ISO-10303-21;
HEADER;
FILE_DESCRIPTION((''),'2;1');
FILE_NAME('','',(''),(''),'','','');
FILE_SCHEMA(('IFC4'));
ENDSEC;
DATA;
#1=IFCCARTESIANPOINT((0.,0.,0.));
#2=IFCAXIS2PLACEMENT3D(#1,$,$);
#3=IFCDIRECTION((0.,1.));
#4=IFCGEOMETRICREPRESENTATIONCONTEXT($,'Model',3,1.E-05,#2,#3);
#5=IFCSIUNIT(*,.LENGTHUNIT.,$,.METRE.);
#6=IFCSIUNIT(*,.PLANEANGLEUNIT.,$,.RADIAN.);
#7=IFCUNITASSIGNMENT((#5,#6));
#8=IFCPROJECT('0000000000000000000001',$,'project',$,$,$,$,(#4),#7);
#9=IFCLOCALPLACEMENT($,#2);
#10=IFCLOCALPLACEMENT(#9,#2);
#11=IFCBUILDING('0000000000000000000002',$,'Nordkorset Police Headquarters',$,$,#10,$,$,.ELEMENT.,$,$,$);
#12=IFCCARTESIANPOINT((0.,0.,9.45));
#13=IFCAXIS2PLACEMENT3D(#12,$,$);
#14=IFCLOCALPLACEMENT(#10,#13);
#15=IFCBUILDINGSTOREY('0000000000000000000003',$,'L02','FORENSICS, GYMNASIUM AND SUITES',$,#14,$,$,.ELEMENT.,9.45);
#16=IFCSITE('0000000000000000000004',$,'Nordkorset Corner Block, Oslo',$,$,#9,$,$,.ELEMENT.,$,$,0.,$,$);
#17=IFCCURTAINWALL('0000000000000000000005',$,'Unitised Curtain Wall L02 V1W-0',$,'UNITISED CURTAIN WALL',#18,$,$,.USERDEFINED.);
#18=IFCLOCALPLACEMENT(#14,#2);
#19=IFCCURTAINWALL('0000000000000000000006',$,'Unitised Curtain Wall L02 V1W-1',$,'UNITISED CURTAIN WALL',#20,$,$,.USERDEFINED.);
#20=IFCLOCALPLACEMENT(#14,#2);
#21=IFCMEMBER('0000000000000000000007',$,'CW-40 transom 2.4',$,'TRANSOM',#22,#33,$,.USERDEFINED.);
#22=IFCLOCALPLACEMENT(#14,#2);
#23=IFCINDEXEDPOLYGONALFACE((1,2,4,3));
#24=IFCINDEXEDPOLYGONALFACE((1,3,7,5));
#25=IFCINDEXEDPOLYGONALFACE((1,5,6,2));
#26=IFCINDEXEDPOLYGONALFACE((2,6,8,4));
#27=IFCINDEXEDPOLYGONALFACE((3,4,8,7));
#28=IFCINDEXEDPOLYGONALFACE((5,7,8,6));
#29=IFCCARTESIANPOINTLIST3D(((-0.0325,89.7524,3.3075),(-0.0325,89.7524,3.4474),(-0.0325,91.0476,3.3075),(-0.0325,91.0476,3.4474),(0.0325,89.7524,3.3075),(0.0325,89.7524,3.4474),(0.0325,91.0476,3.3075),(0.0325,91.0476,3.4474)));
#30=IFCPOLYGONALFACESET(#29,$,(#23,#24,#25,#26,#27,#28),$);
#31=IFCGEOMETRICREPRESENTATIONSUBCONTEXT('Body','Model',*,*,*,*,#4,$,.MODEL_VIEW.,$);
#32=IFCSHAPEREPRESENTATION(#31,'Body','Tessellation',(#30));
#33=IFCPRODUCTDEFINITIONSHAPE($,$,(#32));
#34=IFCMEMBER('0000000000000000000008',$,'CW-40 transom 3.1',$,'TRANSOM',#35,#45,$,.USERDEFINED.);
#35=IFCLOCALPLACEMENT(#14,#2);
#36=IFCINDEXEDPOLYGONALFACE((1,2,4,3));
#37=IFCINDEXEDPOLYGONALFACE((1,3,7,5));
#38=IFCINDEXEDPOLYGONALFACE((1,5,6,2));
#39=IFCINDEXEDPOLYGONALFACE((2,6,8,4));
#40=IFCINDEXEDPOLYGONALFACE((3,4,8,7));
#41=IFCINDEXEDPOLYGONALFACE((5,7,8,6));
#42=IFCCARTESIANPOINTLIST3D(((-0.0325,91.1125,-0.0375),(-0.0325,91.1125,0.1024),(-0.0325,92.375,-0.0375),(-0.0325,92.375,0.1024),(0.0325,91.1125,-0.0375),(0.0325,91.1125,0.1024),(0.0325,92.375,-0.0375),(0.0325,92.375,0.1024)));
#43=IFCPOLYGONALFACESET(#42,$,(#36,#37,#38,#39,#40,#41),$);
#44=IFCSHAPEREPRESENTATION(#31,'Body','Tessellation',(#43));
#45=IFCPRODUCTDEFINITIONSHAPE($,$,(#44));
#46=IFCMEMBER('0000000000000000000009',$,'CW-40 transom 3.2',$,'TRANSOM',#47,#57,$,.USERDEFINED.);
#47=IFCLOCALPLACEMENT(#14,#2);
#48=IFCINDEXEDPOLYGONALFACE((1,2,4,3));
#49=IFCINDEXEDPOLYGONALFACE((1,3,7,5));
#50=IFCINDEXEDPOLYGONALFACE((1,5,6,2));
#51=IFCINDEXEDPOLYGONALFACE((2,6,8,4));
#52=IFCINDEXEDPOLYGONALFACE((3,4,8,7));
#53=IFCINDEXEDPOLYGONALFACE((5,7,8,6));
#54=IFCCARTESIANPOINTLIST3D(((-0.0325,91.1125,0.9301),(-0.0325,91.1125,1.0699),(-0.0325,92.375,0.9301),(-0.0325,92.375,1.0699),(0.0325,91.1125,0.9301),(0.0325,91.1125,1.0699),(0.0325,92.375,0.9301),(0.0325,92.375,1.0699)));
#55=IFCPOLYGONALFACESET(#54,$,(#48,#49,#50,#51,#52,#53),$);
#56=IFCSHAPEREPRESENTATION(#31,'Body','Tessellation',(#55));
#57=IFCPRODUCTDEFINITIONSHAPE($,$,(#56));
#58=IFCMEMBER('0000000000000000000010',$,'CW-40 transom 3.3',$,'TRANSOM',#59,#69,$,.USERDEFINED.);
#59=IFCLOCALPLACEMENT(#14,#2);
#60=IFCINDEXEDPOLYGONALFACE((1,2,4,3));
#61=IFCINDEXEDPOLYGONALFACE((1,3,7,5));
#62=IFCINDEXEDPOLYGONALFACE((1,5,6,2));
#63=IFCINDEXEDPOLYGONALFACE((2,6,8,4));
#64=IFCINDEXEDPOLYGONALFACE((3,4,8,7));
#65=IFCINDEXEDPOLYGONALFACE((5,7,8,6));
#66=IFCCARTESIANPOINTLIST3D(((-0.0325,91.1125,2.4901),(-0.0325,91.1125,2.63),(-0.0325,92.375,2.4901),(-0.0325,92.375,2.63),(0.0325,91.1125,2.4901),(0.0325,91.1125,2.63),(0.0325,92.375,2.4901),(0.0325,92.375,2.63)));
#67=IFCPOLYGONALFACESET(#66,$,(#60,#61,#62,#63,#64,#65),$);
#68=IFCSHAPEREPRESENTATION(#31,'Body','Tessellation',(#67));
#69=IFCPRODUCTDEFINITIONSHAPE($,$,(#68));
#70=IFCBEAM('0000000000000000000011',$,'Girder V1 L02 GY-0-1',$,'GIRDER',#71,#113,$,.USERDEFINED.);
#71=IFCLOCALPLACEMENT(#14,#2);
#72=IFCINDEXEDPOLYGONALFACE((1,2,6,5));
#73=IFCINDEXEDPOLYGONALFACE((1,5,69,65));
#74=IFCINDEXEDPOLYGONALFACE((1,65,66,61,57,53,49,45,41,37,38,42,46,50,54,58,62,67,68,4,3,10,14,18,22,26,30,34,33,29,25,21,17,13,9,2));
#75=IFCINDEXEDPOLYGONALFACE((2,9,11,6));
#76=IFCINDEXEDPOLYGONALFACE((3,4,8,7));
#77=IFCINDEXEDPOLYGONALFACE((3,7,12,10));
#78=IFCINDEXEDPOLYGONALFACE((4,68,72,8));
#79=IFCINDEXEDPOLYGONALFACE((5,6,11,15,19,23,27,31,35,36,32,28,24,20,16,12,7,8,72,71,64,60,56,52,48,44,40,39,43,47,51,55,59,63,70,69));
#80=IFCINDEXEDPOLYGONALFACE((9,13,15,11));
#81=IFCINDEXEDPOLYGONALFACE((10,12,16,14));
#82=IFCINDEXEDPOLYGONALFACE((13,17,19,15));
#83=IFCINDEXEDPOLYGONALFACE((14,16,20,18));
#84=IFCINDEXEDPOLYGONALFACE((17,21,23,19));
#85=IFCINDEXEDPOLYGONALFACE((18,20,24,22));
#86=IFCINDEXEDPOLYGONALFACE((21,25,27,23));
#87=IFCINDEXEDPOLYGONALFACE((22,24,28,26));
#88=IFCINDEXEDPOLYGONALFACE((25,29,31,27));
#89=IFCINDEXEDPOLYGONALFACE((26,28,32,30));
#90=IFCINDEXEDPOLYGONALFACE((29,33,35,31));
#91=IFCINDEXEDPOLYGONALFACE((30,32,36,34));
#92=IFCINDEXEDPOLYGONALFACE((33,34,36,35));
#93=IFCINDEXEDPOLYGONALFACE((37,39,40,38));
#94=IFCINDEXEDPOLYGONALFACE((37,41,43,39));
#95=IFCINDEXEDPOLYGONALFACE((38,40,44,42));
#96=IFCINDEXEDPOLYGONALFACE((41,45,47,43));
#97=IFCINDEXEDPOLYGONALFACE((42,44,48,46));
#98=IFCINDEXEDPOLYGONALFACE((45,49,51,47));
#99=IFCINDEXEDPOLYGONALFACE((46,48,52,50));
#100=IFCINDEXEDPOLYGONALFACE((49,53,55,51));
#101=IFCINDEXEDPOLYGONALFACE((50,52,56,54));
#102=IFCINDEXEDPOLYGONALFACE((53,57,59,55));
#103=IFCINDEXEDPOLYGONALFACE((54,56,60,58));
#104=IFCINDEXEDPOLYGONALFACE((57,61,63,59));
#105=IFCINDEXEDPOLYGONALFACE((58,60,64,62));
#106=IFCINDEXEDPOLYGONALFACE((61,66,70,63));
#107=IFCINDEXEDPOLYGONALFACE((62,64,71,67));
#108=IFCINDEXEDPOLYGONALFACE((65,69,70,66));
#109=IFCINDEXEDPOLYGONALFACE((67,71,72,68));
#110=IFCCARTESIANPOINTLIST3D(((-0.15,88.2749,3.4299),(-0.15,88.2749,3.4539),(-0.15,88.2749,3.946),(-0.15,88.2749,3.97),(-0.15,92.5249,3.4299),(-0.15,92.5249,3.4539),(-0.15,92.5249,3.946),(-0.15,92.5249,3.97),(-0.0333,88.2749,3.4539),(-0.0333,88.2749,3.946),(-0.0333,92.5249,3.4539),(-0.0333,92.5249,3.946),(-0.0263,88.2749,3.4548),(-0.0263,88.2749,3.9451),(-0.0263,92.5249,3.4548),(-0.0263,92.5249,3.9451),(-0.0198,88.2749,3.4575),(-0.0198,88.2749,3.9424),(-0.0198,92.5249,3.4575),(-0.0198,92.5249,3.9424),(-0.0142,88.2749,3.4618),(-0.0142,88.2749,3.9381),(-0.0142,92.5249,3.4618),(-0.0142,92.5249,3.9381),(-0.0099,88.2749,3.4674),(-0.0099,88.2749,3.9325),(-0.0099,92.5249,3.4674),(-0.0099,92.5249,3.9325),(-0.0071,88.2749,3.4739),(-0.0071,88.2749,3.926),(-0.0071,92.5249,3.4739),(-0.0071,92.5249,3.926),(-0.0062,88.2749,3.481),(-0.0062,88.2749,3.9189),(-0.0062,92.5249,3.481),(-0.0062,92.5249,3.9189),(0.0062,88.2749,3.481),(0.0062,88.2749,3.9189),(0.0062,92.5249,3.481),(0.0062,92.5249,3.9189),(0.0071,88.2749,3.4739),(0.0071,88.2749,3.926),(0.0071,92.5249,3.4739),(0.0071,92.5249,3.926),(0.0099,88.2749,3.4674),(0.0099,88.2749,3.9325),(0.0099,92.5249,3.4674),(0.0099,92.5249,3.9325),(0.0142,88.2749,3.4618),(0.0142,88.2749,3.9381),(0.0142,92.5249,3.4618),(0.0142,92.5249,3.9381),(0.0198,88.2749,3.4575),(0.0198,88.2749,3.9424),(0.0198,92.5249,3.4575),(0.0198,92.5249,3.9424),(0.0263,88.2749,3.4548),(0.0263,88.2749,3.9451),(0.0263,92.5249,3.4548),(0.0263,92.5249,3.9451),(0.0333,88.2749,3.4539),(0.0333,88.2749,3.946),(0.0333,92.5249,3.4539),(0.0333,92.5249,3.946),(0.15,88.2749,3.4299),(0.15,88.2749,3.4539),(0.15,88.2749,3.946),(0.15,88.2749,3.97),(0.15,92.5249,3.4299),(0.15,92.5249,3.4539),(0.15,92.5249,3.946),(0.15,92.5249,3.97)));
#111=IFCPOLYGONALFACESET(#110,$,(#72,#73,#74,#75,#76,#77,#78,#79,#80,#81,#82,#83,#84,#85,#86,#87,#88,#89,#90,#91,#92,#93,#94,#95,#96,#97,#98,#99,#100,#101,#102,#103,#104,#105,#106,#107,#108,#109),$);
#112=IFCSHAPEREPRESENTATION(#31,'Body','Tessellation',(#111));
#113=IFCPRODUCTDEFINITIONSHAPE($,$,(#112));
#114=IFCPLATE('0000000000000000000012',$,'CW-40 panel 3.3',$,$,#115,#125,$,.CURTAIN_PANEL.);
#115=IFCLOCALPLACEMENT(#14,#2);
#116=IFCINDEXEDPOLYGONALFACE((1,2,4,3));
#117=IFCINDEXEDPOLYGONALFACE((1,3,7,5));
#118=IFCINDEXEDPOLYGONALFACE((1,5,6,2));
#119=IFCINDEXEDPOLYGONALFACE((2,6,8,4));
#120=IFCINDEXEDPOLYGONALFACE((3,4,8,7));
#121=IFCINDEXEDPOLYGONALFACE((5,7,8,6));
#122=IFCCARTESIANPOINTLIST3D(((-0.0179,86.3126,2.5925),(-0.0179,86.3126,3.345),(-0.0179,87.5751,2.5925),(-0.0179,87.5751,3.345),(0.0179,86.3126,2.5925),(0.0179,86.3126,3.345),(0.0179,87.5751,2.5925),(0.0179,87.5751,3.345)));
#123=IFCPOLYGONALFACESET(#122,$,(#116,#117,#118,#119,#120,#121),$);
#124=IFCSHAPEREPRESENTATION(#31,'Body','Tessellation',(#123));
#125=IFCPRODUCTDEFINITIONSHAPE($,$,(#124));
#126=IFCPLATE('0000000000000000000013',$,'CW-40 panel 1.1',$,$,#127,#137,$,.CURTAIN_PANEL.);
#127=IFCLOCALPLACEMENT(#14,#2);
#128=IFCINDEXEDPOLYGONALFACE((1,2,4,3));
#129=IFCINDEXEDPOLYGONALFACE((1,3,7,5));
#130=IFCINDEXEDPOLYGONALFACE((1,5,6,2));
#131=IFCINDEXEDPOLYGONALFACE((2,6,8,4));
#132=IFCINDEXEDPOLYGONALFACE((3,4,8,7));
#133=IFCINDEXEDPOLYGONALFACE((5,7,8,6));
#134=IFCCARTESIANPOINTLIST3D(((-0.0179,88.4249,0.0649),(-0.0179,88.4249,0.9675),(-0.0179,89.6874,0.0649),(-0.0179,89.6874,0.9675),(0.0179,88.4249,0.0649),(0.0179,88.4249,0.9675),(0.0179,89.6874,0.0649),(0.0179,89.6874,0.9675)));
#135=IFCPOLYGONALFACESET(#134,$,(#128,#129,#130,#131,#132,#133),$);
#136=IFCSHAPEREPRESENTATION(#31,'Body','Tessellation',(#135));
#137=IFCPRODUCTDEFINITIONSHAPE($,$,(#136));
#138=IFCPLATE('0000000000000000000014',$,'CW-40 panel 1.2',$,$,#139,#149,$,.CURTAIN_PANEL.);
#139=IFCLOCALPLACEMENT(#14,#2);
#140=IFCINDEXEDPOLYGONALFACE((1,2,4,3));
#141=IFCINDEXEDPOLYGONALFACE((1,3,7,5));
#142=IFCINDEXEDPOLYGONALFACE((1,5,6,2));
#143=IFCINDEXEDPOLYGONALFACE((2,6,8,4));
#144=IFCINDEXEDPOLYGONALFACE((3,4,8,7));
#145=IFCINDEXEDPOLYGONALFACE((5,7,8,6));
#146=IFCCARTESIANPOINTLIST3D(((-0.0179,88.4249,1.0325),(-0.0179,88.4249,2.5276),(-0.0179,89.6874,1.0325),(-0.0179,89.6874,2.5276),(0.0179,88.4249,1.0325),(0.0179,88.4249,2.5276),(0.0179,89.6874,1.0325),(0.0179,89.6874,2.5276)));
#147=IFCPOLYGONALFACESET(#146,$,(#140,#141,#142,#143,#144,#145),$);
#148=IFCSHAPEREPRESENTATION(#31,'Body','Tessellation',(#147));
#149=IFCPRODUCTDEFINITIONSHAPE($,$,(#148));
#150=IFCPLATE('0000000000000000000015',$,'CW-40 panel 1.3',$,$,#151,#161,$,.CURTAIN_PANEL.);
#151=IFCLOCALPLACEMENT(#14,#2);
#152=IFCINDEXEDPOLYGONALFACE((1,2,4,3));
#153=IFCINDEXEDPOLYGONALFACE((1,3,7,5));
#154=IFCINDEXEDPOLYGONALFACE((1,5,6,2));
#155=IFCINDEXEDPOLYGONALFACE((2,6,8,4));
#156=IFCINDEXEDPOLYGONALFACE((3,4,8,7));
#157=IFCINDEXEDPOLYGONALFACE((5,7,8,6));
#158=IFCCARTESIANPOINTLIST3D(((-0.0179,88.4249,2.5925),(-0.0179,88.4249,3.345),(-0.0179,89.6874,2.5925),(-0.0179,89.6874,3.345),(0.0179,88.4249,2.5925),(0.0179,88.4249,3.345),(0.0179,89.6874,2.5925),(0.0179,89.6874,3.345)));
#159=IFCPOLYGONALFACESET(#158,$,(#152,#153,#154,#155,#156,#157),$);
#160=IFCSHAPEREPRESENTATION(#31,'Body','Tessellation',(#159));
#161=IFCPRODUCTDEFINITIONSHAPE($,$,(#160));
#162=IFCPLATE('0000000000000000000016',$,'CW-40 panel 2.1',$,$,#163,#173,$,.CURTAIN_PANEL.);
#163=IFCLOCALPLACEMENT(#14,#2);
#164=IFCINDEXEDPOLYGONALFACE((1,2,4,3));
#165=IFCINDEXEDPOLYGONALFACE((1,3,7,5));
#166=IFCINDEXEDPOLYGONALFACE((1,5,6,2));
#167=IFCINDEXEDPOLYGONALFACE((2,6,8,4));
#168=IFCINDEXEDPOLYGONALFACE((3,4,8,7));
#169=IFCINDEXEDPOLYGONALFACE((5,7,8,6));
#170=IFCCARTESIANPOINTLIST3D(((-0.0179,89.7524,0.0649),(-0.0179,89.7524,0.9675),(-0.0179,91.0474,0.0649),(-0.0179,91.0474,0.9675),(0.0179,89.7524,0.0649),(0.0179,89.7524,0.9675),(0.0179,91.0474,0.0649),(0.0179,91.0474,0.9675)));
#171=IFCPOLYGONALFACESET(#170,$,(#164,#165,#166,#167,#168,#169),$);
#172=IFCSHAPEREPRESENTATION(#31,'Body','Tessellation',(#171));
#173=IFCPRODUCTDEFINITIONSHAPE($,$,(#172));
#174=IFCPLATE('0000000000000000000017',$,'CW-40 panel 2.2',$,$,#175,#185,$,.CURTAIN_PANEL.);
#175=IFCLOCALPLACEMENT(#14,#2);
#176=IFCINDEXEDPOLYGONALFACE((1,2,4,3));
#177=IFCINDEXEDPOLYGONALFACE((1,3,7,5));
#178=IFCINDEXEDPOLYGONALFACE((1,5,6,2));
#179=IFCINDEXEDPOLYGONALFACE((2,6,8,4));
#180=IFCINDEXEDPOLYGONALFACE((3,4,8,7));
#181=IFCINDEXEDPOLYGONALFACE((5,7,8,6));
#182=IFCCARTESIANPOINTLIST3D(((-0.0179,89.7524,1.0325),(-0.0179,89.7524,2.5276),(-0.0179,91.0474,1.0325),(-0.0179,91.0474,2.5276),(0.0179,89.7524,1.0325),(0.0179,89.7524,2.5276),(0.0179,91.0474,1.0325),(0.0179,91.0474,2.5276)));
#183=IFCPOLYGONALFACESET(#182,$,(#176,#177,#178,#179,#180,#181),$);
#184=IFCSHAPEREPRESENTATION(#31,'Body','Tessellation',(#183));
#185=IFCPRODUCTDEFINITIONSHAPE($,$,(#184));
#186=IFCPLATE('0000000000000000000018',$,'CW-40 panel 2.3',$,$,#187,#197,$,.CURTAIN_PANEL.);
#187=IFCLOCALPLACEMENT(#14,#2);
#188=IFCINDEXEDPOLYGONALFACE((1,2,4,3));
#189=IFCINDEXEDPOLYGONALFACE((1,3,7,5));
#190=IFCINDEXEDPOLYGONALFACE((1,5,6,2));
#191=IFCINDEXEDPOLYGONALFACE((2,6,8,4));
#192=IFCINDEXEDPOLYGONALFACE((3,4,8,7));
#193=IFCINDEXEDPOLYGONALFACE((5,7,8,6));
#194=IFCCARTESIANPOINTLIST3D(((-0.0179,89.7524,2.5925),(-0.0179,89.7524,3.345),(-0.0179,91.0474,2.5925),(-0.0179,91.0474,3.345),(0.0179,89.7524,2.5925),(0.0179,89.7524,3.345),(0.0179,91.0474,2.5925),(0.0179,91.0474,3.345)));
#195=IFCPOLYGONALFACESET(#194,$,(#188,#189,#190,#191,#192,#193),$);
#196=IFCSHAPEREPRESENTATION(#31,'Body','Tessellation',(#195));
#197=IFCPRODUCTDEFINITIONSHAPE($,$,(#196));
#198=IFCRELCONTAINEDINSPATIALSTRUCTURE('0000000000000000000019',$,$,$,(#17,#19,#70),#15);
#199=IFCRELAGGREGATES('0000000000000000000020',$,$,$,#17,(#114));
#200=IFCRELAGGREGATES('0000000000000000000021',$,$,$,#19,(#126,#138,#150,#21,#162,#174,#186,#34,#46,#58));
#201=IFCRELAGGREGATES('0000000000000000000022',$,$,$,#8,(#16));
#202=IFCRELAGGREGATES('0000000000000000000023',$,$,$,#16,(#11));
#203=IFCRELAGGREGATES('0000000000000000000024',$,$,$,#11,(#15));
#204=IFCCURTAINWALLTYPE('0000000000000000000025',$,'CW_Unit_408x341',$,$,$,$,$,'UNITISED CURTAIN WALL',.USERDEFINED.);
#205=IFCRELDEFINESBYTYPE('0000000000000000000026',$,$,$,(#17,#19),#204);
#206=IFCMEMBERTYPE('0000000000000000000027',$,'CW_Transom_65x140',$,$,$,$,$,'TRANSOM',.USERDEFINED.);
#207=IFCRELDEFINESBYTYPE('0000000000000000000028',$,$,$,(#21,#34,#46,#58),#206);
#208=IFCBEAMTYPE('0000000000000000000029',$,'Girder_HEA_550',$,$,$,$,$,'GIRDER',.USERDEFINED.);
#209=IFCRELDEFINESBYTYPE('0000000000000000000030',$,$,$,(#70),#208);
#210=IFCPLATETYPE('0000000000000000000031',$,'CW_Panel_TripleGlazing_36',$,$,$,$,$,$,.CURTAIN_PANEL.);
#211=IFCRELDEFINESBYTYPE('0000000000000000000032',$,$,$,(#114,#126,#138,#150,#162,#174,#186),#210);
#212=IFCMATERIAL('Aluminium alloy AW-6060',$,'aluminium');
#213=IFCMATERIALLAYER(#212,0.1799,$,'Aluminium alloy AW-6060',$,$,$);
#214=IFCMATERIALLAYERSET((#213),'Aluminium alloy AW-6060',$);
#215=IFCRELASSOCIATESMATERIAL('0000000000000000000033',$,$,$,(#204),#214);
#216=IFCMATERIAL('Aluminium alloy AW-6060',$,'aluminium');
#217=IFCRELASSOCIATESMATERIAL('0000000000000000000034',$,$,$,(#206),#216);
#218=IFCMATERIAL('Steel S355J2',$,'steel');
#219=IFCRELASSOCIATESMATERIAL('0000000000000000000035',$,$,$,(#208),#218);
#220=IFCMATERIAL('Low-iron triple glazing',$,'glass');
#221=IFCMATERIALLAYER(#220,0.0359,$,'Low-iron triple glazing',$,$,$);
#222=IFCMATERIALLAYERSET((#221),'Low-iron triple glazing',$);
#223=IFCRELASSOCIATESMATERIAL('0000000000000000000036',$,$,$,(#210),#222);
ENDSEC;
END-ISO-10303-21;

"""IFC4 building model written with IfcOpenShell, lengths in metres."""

from ifc_helpers import new_model, si_unit, direction, frame, origin, origin_2d, place, context, subcontext, project, spatial, rectangle, i_section, extrude, material, layer, layer_set, material_profile, profile_set, type_object, element, aggregate, save


model = new_model("IFC4")

# Units and contexts
model_context = context("Model", 3, precision=1e-05, world=origin(), true_north=direction((0.0, 1.0)))
body_context = subcontext(model_context, "Body", "Model", "MODEL_VIEW")
ifc_project = project(units=[si_unit("LENGTHUNIT", "METRE"), si_unit("PLANEANGLEUNIT", "RADIAN")], contexts=[model_context])

# Site, building, storey
site_placement = place(None, origin())
site = spatial("IfcSite", under=ifc_project, at=site_placement, Name="Nordkorset Corner Block, Oslo", CompositionType="ELEMENT", RefElevation=0.0)
building_placement = place(site_placement, origin())
building = spatial("IfcBuilding", under=site, at=building_placement, Name="Nordkorset Police Headquarters", CompositionType="ELEMENT")
storey_placement = place(building_placement, frame((0.0, 0.0, 9.45)))
storey = spatial("IfcBuildingStorey", under=building, at=storey_placement, Name="L02", Description="FORENSICS, GYMNASIUM AND SUITES", CompositionType="ELEMENT", Elevation=9.45)

# Curtain wall
ifc_material_1 = material(Name="Aluminium alloy AW-6060", Category="aluminium")
ifc_layer_1 = layer(ifc_material_1, 0.1799, Name="Aluminium alloy AW-6060")
ifc_layer_set_1 = layer_set([ifc_layer_1], Name="Aluminium alloy AW-6060")
curtain_wall_type = type_object("IfcCurtainWallType", Name="CW_Unit_408x341", ElementType="UNITISED CURTAIN WALL", PredefinedType="USERDEFINED", material=ifc_layer_set_1)
curtain_wall_1_placement = place(storey_placement, origin())
curtain_wall_1 = element("IfcCurtainWall", 1, at=curtain_wall_1_placement, inside=storey, type_object=curtain_wall_type, Name="Unitised Curtain Wall L02 V1W-0", ObjectType="UNITISED CURTAIN WALL", PredefinedType="USERDEFINED")

# Curtain wall, members
curtain_wall_2_placement = place(storey_placement, origin())
curtain_wall_2 = element("IfcCurtainWall", 2, at=curtain_wall_2_placement, inside=storey, type_object=curtain_wall_type, Name="Unitised Curtain Wall L02 V1W-1", ObjectType="UNITISED CURTAIN WALL", PredefinedType="USERDEFINED")
ifc_material_2 = material(Name="Aluminium alloy AW-6060", Category="aluminium")
ifc_material_profile_1 = material_profile(ifc_material_2, rectangle(XDim=0.0649, YDim=0.1399, at=origin_2d()), Name="ALU TRAN 65x140")
ifc_profile_set_1 = profile_set([ifc_material_profile_1], Name="Aluminium alloy AW-6060")
member_type_1 = type_object("IfcMemberType", Name="CW_Transom_65x140", ElementType="TRANSOM", PredefinedType="USERDEFINED", material=ifc_profile_set_1)
member_1_placement = place(storey_placement, frame((0.0, 89.7524, 3.3774), z_axis=(0.0, 1.0, 0.0), x_axis=(-1.0, 0.0, 0.0)))
member_1 = element("IfcMember", 3, at=member_1_placement, type_object=member_type_1, Name="CW-40 transom 2.4", ObjectType="TRANSOM", PredefinedType="USERDEFINED", context=body_context, shape_type="SweptSolid", body=[
    extrude(rectangle(XDim=0.0649, YDim=0.1399, at=origin_2d()), origin(), (0.0, 0.0, 1.0), 1.2952),
])
member_2_placement = place(storey_placement, frame((0.0, 91.1125, 0.0325), z_axis=(0.0, 1.0, 0.0), x_axis=(-1.0, 0.0, 0.0)))
member_2 = element("IfcMember", 4, at=member_2_placement, type_object=member_type_1, Name="CW-40 transom 3.1", ObjectType="TRANSOM", PredefinedType="USERDEFINED", context=body_context, shape_type="SweptSolid", body=[
    extrude(rectangle(XDim=0.0649, YDim=0.1399, at=origin_2d()), origin(), (0.0, 0.0, 1.0), 1.2625),
])
member_3_placement = place(storey_placement, frame((0.0, 91.1125, 1.0), z_axis=(0.0, 1.0, 0.0), x_axis=(-1.0, 0.0, 0.0)))
member_3 = element("IfcMember", 5, at=member_3_placement, type_object=member_type_1, Name="CW-40 transom 3.2", ObjectType="TRANSOM", PredefinedType="USERDEFINED", context=body_context, shape_type="SweptSolid", body=[
    extrude(rectangle(XDim=0.0649, YDim=0.1399, at=origin_2d()), origin(), (0.0, 0.0, 1.0), 1.2625),
])
member_4_placement = place(storey_placement, frame((0.0, 91.1125, 2.5601), z_axis=(0.0, 1.0, 0.0), x_axis=(-1.0, 0.0, 0.0)))
member_4 = element("IfcMember", 6, at=member_4_placement, type_object=member_type_1, Name="CW-40 transom 3.3", ObjectType="TRANSOM", PredefinedType="USERDEFINED", context=body_context, shape_type="SweptSolid", body=[
    extrude(rectangle(XDim=0.0649, YDim=0.1399, at=origin_2d()), origin(), (0.0, 0.0, 1.0), 1.2625),
])

# Beam
ifc_material_3 = material(Name="Steel S355J2", Category="steel")
ifc_material_profile_2 = material_profile(ifc_material_3, i_section(OverallWidth=0.3, OverallDepth=0.54, WebThickness=0.0125, FlangeThickness=0.0239, FilletRadius=0.0271, at=origin_2d()), Name="HEA 550")
ifc_profile_set_2 = profile_set([ifc_material_profile_2], Name="Steel S355J2")
beam_type = type_object("IfcBeamType", Name="Girder_HEA_550", ElementType="GIRDER", PredefinedType="USERDEFINED", material=ifc_profile_set_2)
beam_placement = place(storey_placement, frame((0.0, 88.2749, 3.7), z_axis=(0.0, 1.0, 0.0), x_axis=(-1.0, 0.0, 0.0)))
element("IfcBeam", 7, at=beam_placement, inside=storey, type_object=beam_type, Name="Girder V1 L02 GY-0-1", ObjectType="GIRDER", PredefinedType="USERDEFINED", context=body_context, shape_type="SweptSolid", body=[
    extrude(i_section(OverallWidth=0.3, OverallDepth=0.54, WebThickness=0.0125, FlangeThickness=0.0239, FilletRadius=0.0271, at=origin_2d()), origin(), (0.0, 0.0, 1.0), 4.25),
])

# Plates
ifc_material_4 = material(Name="Low-iron triple glazing", Category="glass")
ifc_layer_2 = layer(ifc_material_4, 0.0359, Name="Low-iron triple glazing")
ifc_layer_set_2 = layer_set([ifc_layer_2], Name="Low-iron triple glazing")
plate_type = type_object("IfcPlateType", Name="CW_Panel_TripleGlazing_36", PredefinedType="CURTAIN_PANEL", material=ifc_layer_set_2)
plate_1_placement = place(storey_placement, frame((0.0, 86.9438, 2.5925), z_axis=(0.0, 0.0, 1.0), x_axis=(0.0, 1.0, 0.0)))
plate_1 = element("IfcPlate", 8, at=plate_1_placement, type_object=plate_type, Name="CW-40 panel 3.3", PredefinedType="CURTAIN_PANEL", context=body_context, shape_type="SweptSolid", body=[
    extrude(rectangle(XDim=1.2625, YDim=0.0359, at=origin_2d()), origin(), (0.0, 0.0, 1.0), 0.7524),
])
aggregate(curtain_wall_1, [plate_1])
plate_2_placement = place(storey_placement, frame((0.0, 89.0562, 0.0649), z_axis=(0.0, 0.0, 1.0), x_axis=(0.0, 1.0, 0.0)))
plate_2 = element("IfcPlate", 9, at=plate_2_placement, type_object=plate_type, Name="CW-40 panel 1.1", PredefinedType="CURTAIN_PANEL", context=body_context, shape_type="SweptSolid", body=[
    extrude(rectangle(XDim=1.2625, YDim=0.0359, at=origin_2d()), origin(), (0.0, 0.0, 1.0), 0.9026),
])
plate_3_placement = place(storey_placement, frame((0.0, 89.0562, 1.0325), z_axis=(0.0, 0.0, 1.0), x_axis=(0.0, 1.0, 0.0)))
plate_3 = element("IfcPlate", 10, at=plate_3_placement, type_object=plate_type, Name="CW-40 panel 1.2", PredefinedType="CURTAIN_PANEL", context=body_context, shape_type="SweptSolid", body=[
    extrude(rectangle(XDim=1.2625, YDim=0.0359, at=origin_2d()), origin(), (0.0, 0.0, 1.0), 1.4951),
])
plate_4_placement = place(storey_placement, frame((0.0, 89.0562, 2.5925), z_axis=(0.0, 0.0, 1.0), x_axis=(0.0, 1.0, 0.0)))
plate_4 = element("IfcPlate", 11, at=plate_4_placement, type_object=plate_type, Name="CW-40 panel 1.3", PredefinedType="CURTAIN_PANEL", context=body_context, shape_type="SweptSolid", body=[
    extrude(rectangle(XDim=1.2625, YDim=0.0359, at=origin_2d()), origin(), (0.0, 0.0, 1.0), 0.7524),
])
plate_5_placement = place(storey_placement, frame((0.0, 90.3999, 0.0649), z_axis=(0.0, 0.0, 1.0), x_axis=(0.0, 1.0, 0.0)))
plate_5 = element("IfcPlate", 12, at=plate_5_placement, type_object=plate_type, Name="CW-40 panel 2.1", PredefinedType="CURTAIN_PANEL", context=body_context, shape_type="SweptSolid", body=[
    extrude(rectangle(XDim=1.2949, YDim=0.0359, at=origin_2d()), origin(), (0.0, 0.0, 1.0), 0.9026),
])
plate_6_placement = place(storey_placement, frame((0.0, 90.3999, 1.0325), z_axis=(0.0, 0.0, 1.0), x_axis=(0.0, 1.0, 0.0)))
plate_6 = element("IfcPlate", 13, at=plate_6_placement, type_object=plate_type, Name="CW-40 panel 2.2", PredefinedType="CURTAIN_PANEL", context=body_context, shape_type="SweptSolid", body=[
    extrude(rectangle(XDim=1.2949, YDim=0.0359, at=origin_2d()), origin(), (0.0, 0.0, 1.0), 1.4951),
])
plate_7_placement = place(storey_placement, frame((0.0, 90.3999, 2.5925), z_axis=(0.0, 0.0, 1.0), x_axis=(0.0, 1.0, 0.0)))
plate_7 = element("IfcPlate", 14, at=plate_7_placement, type_object=plate_type, Name="CW-40 panel 2.3", PredefinedType="CURTAIN_PANEL", context=body_context, shape_type="SweptSolid", body=[
    extrude(rectangle(XDim=1.2949, YDim=0.0359, at=origin_2d()), origin(), (0.0, 0.0, 1.0), 0.7524),
])
aggregate(curtain_wall_2, [plate_2, plate_3, plate_4, member_1, plate_5, plate_6, plate_7, member_2, member_3, member_4])

save(model, "model.ifc")
